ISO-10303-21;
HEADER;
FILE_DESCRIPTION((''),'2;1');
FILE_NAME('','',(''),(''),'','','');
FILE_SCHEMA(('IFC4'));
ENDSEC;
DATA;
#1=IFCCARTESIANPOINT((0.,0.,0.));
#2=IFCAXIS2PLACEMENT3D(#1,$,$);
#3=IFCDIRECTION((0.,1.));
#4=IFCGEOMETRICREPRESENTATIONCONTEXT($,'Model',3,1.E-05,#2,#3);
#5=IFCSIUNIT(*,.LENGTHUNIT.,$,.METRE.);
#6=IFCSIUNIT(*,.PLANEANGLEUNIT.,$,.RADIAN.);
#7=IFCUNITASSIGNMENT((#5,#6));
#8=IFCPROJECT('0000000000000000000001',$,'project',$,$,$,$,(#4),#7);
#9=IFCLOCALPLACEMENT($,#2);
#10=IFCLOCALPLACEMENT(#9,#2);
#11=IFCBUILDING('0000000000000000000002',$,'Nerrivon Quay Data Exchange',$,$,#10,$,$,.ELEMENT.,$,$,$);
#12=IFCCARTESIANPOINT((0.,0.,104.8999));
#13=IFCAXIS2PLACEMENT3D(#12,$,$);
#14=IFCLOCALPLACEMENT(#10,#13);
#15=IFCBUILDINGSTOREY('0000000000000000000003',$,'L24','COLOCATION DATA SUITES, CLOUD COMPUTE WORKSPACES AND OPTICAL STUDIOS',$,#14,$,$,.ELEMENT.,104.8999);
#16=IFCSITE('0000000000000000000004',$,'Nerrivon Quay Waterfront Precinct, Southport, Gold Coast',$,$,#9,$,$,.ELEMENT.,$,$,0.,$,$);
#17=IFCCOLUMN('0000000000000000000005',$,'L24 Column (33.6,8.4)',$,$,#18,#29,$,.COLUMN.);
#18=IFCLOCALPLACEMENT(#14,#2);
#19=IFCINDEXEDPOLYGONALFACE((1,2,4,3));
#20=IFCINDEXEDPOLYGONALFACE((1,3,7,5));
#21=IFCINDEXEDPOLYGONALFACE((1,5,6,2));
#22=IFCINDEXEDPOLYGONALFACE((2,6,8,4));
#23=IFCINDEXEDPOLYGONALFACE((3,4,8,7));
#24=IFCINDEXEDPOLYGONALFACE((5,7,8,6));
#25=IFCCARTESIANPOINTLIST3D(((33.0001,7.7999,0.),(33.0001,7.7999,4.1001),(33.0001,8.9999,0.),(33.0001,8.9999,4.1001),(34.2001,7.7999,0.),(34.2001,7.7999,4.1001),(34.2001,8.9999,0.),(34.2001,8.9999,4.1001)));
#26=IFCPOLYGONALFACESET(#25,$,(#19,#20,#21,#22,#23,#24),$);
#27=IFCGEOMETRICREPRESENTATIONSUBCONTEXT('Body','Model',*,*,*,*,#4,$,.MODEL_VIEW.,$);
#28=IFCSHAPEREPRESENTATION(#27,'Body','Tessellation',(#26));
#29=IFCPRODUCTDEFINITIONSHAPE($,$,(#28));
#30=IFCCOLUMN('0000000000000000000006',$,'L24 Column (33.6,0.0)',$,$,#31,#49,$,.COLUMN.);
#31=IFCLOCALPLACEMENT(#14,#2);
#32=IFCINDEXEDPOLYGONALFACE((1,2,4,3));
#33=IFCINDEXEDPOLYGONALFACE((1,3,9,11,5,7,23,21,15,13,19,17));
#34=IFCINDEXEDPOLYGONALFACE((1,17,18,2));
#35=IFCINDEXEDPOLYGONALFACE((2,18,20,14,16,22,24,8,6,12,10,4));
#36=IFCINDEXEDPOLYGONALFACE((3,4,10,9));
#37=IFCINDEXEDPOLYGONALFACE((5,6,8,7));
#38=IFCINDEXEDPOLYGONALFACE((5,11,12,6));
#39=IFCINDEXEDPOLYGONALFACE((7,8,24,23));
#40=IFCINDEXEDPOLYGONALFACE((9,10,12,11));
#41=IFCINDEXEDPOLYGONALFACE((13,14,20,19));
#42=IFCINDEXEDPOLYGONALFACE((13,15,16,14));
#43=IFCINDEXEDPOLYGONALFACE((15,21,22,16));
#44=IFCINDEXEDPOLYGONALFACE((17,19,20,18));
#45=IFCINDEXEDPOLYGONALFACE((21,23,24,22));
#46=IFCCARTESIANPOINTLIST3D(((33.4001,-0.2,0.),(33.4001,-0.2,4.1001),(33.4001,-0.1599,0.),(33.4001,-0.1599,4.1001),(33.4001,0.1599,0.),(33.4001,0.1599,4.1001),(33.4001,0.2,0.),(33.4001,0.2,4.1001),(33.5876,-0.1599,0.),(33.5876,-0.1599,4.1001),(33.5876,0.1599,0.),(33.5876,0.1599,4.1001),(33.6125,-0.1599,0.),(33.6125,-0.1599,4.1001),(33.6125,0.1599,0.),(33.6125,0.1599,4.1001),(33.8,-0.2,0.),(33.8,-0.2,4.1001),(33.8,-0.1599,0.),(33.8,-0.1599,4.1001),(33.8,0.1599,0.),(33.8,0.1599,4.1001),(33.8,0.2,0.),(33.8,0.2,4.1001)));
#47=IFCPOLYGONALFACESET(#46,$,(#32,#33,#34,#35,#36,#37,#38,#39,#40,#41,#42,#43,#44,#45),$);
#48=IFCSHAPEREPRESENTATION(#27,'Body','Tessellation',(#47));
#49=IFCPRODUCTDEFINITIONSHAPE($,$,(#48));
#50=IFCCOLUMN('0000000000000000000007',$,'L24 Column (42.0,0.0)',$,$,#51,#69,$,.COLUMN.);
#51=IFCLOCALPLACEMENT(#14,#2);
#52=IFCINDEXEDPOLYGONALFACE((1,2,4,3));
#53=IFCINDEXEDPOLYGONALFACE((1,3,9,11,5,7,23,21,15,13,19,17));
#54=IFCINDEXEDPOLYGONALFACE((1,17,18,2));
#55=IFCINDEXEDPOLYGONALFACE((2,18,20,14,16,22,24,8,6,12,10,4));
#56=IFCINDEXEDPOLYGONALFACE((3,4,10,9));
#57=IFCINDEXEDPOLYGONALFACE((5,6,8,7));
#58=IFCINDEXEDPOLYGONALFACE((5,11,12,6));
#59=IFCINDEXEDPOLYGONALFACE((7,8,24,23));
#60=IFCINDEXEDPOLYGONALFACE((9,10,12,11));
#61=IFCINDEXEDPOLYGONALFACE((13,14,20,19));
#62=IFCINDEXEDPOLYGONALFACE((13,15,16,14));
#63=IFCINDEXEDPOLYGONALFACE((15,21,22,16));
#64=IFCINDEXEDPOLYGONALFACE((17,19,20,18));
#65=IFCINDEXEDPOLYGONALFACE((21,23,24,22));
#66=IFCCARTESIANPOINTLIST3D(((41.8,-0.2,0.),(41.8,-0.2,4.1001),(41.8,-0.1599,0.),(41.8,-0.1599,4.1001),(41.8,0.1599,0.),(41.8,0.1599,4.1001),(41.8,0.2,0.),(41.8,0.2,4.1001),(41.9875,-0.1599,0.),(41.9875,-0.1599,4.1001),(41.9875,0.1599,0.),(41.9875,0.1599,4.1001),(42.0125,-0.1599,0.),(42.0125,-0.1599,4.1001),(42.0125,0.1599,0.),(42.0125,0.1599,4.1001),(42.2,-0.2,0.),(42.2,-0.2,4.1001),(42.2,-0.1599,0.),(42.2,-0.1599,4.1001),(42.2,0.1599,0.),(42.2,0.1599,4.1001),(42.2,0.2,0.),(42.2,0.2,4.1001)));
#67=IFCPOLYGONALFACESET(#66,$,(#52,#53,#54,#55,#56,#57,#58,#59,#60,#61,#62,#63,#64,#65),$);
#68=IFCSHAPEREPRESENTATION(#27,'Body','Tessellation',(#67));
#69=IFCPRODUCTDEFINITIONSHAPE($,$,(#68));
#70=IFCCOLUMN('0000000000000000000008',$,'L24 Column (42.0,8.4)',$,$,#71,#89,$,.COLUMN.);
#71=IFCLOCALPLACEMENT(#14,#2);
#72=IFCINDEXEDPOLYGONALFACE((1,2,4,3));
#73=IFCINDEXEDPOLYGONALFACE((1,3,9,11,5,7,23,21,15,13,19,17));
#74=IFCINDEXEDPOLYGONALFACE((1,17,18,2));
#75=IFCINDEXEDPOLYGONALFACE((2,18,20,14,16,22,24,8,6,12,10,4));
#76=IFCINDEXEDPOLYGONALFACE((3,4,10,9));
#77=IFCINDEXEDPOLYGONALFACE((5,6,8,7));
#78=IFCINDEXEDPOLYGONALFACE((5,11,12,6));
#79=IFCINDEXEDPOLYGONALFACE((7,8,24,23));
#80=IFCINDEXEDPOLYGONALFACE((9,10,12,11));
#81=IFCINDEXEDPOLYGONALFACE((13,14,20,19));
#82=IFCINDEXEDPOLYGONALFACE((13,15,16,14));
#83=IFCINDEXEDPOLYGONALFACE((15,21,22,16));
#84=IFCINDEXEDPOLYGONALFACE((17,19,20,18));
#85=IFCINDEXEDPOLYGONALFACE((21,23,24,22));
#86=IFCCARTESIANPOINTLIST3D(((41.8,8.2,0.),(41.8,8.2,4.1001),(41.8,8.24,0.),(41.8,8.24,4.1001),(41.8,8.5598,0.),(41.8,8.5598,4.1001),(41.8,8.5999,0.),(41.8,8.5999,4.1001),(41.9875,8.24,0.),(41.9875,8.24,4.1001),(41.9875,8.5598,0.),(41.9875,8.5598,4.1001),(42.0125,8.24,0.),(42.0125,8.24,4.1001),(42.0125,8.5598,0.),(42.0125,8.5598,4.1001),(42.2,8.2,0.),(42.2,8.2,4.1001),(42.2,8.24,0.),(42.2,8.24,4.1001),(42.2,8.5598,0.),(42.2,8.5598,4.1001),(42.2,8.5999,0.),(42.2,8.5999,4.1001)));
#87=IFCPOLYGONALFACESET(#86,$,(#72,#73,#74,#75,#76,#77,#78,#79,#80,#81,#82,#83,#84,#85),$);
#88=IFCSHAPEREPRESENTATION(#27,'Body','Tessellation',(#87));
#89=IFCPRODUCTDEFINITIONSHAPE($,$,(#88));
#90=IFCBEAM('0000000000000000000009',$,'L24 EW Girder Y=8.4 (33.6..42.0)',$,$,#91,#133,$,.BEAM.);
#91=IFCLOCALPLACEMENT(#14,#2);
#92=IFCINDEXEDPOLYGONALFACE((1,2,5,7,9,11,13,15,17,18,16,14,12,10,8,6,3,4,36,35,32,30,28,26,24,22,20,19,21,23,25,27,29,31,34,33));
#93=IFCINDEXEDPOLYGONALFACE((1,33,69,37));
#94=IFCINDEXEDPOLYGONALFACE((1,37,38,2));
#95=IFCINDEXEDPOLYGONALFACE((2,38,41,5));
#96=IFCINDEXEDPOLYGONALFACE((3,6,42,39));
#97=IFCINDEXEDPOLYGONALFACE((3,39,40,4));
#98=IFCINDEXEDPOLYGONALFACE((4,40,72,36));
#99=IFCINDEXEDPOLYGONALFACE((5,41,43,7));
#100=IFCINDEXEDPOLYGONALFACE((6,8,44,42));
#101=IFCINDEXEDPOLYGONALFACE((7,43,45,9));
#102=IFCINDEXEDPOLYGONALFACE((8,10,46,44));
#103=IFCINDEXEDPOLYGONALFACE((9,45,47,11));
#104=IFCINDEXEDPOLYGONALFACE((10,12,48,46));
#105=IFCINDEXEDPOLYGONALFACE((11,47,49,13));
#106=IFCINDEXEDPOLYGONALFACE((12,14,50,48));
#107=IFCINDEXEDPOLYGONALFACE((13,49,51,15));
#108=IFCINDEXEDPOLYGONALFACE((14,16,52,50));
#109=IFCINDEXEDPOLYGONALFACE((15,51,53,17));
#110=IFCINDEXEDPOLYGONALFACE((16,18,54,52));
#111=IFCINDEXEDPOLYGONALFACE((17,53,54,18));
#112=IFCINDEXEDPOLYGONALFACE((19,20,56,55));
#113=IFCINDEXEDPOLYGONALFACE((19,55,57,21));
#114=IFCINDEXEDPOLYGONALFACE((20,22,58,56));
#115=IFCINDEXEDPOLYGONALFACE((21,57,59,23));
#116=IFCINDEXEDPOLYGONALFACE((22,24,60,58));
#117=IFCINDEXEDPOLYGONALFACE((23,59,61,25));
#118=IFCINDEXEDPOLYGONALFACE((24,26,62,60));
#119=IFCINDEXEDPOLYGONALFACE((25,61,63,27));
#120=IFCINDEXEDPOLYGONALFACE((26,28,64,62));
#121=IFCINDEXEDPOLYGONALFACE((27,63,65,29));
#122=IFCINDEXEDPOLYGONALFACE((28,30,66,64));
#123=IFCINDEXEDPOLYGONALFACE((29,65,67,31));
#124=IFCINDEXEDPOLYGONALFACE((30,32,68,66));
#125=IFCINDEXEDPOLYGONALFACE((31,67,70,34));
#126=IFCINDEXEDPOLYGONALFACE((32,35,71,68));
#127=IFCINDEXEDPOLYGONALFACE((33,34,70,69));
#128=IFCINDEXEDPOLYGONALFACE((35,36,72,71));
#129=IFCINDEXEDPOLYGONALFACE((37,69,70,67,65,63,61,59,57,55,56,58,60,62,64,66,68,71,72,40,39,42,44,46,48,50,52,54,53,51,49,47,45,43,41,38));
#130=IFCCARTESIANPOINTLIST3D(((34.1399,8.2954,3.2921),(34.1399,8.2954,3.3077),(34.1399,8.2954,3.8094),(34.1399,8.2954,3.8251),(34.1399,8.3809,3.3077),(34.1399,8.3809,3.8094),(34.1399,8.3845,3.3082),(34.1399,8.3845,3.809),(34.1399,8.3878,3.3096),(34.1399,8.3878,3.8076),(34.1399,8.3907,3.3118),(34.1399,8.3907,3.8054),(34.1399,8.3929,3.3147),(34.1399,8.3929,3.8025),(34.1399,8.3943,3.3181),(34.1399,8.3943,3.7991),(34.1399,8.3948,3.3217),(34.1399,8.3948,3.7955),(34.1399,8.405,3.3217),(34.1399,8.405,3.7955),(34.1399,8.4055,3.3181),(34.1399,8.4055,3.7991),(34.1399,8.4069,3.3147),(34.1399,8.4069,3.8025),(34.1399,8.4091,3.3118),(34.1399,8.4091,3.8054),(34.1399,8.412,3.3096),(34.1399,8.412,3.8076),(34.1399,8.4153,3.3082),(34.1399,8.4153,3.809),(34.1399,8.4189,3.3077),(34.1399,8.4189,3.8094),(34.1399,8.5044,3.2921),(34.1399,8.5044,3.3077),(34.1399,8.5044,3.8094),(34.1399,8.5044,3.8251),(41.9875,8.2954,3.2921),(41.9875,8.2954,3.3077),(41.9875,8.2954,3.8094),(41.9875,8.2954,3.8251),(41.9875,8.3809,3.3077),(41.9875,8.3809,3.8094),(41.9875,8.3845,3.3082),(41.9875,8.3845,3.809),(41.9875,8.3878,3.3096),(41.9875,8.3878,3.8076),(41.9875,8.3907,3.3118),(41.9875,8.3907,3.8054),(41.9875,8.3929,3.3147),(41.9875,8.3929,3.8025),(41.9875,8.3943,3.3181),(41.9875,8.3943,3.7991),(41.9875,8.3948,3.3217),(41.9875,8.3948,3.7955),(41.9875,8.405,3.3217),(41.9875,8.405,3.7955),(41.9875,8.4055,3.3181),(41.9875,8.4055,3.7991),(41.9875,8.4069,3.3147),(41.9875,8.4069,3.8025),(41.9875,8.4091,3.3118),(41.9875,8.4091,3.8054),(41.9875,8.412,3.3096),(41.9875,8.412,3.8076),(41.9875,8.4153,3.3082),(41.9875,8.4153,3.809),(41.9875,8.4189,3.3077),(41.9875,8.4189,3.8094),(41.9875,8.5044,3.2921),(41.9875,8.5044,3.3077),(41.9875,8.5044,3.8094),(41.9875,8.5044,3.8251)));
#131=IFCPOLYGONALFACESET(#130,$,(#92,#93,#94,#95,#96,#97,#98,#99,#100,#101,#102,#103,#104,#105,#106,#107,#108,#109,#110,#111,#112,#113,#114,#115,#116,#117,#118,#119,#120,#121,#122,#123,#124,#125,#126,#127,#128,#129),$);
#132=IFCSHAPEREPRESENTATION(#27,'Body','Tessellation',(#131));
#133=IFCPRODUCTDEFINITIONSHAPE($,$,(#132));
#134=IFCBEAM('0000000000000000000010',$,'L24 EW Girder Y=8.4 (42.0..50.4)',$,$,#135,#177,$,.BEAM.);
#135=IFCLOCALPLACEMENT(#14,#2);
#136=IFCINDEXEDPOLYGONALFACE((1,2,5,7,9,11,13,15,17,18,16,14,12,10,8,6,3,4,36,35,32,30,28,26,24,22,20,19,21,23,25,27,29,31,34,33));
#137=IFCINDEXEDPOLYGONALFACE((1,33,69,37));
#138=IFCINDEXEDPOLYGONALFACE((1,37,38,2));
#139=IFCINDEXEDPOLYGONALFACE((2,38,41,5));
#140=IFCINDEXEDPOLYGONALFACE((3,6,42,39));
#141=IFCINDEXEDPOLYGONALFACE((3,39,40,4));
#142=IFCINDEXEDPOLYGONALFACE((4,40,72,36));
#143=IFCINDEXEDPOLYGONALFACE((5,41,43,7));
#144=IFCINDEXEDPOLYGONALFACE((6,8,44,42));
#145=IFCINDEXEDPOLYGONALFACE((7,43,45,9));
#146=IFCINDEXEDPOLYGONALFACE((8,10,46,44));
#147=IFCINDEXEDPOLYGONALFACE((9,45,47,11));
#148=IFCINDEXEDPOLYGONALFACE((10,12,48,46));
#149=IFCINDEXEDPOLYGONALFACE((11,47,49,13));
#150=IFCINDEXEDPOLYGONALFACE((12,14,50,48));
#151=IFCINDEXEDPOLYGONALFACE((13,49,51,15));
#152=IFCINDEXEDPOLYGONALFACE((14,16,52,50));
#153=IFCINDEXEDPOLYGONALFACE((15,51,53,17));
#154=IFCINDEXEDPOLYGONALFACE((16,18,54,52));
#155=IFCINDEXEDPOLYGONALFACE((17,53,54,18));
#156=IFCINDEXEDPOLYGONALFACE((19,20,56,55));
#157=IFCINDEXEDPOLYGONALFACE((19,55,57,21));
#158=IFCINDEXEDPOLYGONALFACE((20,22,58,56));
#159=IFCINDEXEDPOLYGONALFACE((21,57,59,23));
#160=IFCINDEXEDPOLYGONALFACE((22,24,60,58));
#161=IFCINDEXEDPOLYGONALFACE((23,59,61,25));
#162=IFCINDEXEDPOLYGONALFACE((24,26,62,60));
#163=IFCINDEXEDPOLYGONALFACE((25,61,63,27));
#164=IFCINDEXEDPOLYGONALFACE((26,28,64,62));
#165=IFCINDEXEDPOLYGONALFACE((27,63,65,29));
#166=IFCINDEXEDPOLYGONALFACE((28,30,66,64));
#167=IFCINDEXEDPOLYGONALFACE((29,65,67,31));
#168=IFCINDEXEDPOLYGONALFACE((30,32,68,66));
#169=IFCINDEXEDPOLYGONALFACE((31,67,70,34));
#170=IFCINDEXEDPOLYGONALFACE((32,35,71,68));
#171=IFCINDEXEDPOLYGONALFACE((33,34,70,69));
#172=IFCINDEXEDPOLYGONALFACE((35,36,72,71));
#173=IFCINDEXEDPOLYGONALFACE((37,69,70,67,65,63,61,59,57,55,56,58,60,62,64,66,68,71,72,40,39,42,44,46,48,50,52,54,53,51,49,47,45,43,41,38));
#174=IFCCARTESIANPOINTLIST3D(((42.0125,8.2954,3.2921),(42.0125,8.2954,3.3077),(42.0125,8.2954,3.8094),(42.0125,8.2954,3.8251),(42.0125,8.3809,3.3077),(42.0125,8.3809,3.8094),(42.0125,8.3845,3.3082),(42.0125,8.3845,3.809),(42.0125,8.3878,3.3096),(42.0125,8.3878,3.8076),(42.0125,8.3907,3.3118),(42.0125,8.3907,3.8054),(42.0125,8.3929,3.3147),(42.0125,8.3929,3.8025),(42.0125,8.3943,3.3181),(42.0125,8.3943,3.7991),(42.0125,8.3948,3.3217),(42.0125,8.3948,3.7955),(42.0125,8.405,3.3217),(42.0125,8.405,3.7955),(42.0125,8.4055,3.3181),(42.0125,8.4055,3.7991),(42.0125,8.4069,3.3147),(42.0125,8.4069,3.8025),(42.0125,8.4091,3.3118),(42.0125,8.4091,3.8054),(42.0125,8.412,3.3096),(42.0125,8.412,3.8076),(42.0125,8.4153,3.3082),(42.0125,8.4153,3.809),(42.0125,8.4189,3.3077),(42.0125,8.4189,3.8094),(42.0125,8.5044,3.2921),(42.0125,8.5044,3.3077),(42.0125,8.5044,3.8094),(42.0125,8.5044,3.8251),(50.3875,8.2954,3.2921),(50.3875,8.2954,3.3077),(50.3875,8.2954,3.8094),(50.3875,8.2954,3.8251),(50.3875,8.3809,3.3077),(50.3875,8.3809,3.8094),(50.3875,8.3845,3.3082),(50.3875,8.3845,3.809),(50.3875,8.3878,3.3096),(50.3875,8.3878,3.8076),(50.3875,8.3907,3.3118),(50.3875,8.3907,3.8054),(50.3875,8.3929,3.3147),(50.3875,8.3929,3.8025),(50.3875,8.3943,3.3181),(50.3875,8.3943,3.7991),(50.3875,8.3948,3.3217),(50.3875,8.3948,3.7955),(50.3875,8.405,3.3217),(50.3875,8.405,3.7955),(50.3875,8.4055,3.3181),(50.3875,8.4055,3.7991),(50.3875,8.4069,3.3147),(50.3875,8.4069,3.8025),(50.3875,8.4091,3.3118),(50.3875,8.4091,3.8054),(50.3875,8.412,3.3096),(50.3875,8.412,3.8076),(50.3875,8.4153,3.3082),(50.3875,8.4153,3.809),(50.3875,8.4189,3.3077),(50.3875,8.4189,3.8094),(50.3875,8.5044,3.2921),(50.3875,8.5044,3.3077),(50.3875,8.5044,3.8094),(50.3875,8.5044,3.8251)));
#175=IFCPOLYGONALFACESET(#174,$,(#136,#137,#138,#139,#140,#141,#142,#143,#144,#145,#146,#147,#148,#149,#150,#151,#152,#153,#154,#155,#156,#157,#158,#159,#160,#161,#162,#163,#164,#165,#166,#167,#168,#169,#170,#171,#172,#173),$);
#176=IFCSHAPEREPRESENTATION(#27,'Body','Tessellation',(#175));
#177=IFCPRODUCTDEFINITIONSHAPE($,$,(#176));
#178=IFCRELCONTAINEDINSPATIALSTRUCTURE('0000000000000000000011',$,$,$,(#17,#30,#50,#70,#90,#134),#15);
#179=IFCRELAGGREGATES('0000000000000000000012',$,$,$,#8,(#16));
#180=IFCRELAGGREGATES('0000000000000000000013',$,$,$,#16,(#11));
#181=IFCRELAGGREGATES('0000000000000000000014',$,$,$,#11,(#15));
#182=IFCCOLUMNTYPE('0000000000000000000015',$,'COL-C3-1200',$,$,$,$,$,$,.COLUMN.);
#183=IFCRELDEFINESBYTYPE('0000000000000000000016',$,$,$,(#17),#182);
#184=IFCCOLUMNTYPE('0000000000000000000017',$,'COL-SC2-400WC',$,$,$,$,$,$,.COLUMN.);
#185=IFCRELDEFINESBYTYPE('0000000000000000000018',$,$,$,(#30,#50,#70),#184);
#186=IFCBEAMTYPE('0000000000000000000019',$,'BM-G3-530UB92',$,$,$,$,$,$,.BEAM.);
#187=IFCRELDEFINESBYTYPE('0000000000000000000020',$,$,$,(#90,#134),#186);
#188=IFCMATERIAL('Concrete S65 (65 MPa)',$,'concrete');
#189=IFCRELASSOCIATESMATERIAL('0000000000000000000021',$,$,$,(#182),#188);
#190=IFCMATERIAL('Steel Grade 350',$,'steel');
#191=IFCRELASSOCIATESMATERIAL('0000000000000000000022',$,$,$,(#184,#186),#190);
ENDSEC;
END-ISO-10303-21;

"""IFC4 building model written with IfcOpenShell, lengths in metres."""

from ifc_helpers import new_model, si_unit, direction, frame, origin, origin_2d, place, context, subcontext, project, spatial, rectangle, i_section, extrude, material, material_profile, profile_set, type_object, element, save


model = new_model("IFC4")

# Units and contexts
model_context = context("Model", 3, precision=1e-05, world=origin(), true_north=direction((0.0, 1.0)))
body_context = subcontext(model_context, "Body", "Model", "MODEL_VIEW")
ifc_project = project(units=[si_unit("LENGTHUNIT", "METRE"), si_unit("PLANEANGLEUNIT", "RADIAN")], contexts=[model_context])

# Site, building, storey
site_placement = place(None, origin())
site = spatial("IfcSite", under=ifc_project, at=site_placement, Name="Nerrivon Quay Waterfront Precinct, Southport, Gold Coast", CompositionType="ELEMENT", RefElevation=0.0)
building_placement = place(site_placement, origin())
building = spatial("IfcBuilding", under=site, at=building_placement, Name="Nerrivon Quay Data Exchange", CompositionType="ELEMENT")
storey_placement = place(building_placement, frame((0.0, 0.0, 104.8999)))
storey = spatial("IfcBuildingStorey", under=building, at=storey_placement, Name="L24", Description="COLOCATION DATA SUITES, CLOUD COMPUTE WORKSPACES AND OPTICAL STUDIOS", CompositionType="ELEMENT", Elevation=104.8999)

# Columns
ifc_material_1 = material(Name="Concrete S65 (65 MPa)", Category="concrete")
ifc_material_profile_1 = material_profile(ifc_material_1, rectangle(XDim=1.2, YDim=1.2, at=origin_2d()), Name="RC-COL-1200x1200")
ifc_profile_set_1 = profile_set([ifc_material_profile_1], Name="Concrete S65 (65 MPa)")
column_type_1 = type_object("IfcColumnType", Name="COL-C3-1200", PredefinedType="COLUMN", material=ifc_profile_set_1)
column_placement = place(storey_placement, frame((33.6001, 8.3999, 0.0), z_axis=(0.0, 0.0, 1.0), x_axis=(1.0, 0.0, 0.0)))
element("IfcColumn", 1, at=column_placement, inside=storey, type_object=column_type_1, Name="L24 Column (33.6,8.4)", PredefinedType="COLUMN", context=body_context, shape_type="SweptSolid", body=[
    extrude(rectangle(XDim=1.2, YDim=1.2, at=origin_2d()), origin(), (0.0, 0.0, 1.0), 4.1001),
])
ifc_material_2 = material(Name="Steel Grade 350", Category="steel")
ifc_material_profile_2 = material_profile(ifc_material_2, i_section(OverallWidth=0.3999, OverallDepth=0.3999, WebThickness=0.0249, FlangeThickness=0.04, at=origin_2d()), Name="400WC328")
ifc_profile_set_2 = profile_set([ifc_material_profile_2], Name="Steel Grade 350")
column_type_2 = type_object("IfcColumnType", Name="COL-SC2-400WC", PredefinedType="COLUMN", material=ifc_profile_set_2)
for number, where, z_axis, x_axis, name in (
    (2, (33.6001, 0.0, 0.0), (0.0, 0.0, 1.0), (1.0, 0.0, 0.0), "L24 Column (33.6,0.0)"),
    (3, (42.0, 0.0, 0.0), (0.0, 0.0, 1.0), (1.0, 0.0, 0.0), "L24 Column (42.0,0.0)"),
    (4, (42.0, 8.3999, 0.0), (0.0, 0.0, 1.0), (1.0, 0.0, 0.0), "L24 Column (42.0,8.4)"),
):
    element("IfcColumn", number, at=place(storey_placement, frame(where, z_axis=z_axis, x_axis=x_axis)), inside=storey, type_object=column_type_2, Name=name, PredefinedType="COLUMN", context=body_context, shape_type="SweptSolid", body=[
        extrude(i_section(OverallWidth=0.3999, OverallDepth=0.3999, WebThickness=0.0249, FlangeThickness=0.04, at=origin_2d()), origin(), (0.0, 0.0, 1.0), 4.1001),
    ])

# Beams
ifc_material_profile_3 = material_profile(ifc_material_2, i_section(OverallWidth=0.209, OverallDepth=0.533, WebThickness=0.0103, FlangeThickness=0.0156, FilletRadius=0.0139, at=origin_2d()), Name="530UB92.4")
ifc_profile_set_3 = profile_set([ifc_material_profile_3], Name="Steel Grade 350")
beam_type_1 = type_object("IfcBeamType", Name="BM-G3-530UB92", PredefinedType="BEAM", material=ifc_profile_set_3)
beam_1_placement = place(storey_placement, frame((34.1399, 8.3999, 3.5586), z_axis=(1.0, 0.0, 0.0), x_axis=(0.0, 1.0, 0.0)))
element("IfcBeam", 5, at=beam_1_placement, inside=storey, type_object=beam_type_1, Name="L24 EW Girder Y=8.4 (33.6..42.0)", PredefinedType="BEAM", context=body_context, shape_type="SweptSolid", body=[
    extrude(i_section(OverallWidth=0.209, OverallDepth=0.533, WebThickness=0.0103, FlangeThickness=0.0156, FilletRadius=0.0139, at=origin_2d()), origin(), (0.0, 0.0, 1.0), 7.8477),
])
beam_2_placement = place(storey_placement, frame((42.0125, 8.3999, 3.5586), z_axis=(1.0, 0.0, 0.0), x_axis=(0.0, 1.0, 0.0)))
element("IfcBeam", 6, at=beam_2_placement, inside=storey, type_object=beam_type_1, Name="L24 EW Girder Y=8.4 (42.0..50.4)", PredefinedType="BEAM", context=body_context, shape_type="SweptSolid", body=[
    extrude(i_section(OverallWidth=0.209, OverallDepth=0.533, WebThickness=0.0103, FlangeThickness=0.0156, FilletRadius=0.0139, at=origin_2d()), origin(), (0.0, 0.0, 1.0), 8.375),
])

save(model, "model.ifc")
